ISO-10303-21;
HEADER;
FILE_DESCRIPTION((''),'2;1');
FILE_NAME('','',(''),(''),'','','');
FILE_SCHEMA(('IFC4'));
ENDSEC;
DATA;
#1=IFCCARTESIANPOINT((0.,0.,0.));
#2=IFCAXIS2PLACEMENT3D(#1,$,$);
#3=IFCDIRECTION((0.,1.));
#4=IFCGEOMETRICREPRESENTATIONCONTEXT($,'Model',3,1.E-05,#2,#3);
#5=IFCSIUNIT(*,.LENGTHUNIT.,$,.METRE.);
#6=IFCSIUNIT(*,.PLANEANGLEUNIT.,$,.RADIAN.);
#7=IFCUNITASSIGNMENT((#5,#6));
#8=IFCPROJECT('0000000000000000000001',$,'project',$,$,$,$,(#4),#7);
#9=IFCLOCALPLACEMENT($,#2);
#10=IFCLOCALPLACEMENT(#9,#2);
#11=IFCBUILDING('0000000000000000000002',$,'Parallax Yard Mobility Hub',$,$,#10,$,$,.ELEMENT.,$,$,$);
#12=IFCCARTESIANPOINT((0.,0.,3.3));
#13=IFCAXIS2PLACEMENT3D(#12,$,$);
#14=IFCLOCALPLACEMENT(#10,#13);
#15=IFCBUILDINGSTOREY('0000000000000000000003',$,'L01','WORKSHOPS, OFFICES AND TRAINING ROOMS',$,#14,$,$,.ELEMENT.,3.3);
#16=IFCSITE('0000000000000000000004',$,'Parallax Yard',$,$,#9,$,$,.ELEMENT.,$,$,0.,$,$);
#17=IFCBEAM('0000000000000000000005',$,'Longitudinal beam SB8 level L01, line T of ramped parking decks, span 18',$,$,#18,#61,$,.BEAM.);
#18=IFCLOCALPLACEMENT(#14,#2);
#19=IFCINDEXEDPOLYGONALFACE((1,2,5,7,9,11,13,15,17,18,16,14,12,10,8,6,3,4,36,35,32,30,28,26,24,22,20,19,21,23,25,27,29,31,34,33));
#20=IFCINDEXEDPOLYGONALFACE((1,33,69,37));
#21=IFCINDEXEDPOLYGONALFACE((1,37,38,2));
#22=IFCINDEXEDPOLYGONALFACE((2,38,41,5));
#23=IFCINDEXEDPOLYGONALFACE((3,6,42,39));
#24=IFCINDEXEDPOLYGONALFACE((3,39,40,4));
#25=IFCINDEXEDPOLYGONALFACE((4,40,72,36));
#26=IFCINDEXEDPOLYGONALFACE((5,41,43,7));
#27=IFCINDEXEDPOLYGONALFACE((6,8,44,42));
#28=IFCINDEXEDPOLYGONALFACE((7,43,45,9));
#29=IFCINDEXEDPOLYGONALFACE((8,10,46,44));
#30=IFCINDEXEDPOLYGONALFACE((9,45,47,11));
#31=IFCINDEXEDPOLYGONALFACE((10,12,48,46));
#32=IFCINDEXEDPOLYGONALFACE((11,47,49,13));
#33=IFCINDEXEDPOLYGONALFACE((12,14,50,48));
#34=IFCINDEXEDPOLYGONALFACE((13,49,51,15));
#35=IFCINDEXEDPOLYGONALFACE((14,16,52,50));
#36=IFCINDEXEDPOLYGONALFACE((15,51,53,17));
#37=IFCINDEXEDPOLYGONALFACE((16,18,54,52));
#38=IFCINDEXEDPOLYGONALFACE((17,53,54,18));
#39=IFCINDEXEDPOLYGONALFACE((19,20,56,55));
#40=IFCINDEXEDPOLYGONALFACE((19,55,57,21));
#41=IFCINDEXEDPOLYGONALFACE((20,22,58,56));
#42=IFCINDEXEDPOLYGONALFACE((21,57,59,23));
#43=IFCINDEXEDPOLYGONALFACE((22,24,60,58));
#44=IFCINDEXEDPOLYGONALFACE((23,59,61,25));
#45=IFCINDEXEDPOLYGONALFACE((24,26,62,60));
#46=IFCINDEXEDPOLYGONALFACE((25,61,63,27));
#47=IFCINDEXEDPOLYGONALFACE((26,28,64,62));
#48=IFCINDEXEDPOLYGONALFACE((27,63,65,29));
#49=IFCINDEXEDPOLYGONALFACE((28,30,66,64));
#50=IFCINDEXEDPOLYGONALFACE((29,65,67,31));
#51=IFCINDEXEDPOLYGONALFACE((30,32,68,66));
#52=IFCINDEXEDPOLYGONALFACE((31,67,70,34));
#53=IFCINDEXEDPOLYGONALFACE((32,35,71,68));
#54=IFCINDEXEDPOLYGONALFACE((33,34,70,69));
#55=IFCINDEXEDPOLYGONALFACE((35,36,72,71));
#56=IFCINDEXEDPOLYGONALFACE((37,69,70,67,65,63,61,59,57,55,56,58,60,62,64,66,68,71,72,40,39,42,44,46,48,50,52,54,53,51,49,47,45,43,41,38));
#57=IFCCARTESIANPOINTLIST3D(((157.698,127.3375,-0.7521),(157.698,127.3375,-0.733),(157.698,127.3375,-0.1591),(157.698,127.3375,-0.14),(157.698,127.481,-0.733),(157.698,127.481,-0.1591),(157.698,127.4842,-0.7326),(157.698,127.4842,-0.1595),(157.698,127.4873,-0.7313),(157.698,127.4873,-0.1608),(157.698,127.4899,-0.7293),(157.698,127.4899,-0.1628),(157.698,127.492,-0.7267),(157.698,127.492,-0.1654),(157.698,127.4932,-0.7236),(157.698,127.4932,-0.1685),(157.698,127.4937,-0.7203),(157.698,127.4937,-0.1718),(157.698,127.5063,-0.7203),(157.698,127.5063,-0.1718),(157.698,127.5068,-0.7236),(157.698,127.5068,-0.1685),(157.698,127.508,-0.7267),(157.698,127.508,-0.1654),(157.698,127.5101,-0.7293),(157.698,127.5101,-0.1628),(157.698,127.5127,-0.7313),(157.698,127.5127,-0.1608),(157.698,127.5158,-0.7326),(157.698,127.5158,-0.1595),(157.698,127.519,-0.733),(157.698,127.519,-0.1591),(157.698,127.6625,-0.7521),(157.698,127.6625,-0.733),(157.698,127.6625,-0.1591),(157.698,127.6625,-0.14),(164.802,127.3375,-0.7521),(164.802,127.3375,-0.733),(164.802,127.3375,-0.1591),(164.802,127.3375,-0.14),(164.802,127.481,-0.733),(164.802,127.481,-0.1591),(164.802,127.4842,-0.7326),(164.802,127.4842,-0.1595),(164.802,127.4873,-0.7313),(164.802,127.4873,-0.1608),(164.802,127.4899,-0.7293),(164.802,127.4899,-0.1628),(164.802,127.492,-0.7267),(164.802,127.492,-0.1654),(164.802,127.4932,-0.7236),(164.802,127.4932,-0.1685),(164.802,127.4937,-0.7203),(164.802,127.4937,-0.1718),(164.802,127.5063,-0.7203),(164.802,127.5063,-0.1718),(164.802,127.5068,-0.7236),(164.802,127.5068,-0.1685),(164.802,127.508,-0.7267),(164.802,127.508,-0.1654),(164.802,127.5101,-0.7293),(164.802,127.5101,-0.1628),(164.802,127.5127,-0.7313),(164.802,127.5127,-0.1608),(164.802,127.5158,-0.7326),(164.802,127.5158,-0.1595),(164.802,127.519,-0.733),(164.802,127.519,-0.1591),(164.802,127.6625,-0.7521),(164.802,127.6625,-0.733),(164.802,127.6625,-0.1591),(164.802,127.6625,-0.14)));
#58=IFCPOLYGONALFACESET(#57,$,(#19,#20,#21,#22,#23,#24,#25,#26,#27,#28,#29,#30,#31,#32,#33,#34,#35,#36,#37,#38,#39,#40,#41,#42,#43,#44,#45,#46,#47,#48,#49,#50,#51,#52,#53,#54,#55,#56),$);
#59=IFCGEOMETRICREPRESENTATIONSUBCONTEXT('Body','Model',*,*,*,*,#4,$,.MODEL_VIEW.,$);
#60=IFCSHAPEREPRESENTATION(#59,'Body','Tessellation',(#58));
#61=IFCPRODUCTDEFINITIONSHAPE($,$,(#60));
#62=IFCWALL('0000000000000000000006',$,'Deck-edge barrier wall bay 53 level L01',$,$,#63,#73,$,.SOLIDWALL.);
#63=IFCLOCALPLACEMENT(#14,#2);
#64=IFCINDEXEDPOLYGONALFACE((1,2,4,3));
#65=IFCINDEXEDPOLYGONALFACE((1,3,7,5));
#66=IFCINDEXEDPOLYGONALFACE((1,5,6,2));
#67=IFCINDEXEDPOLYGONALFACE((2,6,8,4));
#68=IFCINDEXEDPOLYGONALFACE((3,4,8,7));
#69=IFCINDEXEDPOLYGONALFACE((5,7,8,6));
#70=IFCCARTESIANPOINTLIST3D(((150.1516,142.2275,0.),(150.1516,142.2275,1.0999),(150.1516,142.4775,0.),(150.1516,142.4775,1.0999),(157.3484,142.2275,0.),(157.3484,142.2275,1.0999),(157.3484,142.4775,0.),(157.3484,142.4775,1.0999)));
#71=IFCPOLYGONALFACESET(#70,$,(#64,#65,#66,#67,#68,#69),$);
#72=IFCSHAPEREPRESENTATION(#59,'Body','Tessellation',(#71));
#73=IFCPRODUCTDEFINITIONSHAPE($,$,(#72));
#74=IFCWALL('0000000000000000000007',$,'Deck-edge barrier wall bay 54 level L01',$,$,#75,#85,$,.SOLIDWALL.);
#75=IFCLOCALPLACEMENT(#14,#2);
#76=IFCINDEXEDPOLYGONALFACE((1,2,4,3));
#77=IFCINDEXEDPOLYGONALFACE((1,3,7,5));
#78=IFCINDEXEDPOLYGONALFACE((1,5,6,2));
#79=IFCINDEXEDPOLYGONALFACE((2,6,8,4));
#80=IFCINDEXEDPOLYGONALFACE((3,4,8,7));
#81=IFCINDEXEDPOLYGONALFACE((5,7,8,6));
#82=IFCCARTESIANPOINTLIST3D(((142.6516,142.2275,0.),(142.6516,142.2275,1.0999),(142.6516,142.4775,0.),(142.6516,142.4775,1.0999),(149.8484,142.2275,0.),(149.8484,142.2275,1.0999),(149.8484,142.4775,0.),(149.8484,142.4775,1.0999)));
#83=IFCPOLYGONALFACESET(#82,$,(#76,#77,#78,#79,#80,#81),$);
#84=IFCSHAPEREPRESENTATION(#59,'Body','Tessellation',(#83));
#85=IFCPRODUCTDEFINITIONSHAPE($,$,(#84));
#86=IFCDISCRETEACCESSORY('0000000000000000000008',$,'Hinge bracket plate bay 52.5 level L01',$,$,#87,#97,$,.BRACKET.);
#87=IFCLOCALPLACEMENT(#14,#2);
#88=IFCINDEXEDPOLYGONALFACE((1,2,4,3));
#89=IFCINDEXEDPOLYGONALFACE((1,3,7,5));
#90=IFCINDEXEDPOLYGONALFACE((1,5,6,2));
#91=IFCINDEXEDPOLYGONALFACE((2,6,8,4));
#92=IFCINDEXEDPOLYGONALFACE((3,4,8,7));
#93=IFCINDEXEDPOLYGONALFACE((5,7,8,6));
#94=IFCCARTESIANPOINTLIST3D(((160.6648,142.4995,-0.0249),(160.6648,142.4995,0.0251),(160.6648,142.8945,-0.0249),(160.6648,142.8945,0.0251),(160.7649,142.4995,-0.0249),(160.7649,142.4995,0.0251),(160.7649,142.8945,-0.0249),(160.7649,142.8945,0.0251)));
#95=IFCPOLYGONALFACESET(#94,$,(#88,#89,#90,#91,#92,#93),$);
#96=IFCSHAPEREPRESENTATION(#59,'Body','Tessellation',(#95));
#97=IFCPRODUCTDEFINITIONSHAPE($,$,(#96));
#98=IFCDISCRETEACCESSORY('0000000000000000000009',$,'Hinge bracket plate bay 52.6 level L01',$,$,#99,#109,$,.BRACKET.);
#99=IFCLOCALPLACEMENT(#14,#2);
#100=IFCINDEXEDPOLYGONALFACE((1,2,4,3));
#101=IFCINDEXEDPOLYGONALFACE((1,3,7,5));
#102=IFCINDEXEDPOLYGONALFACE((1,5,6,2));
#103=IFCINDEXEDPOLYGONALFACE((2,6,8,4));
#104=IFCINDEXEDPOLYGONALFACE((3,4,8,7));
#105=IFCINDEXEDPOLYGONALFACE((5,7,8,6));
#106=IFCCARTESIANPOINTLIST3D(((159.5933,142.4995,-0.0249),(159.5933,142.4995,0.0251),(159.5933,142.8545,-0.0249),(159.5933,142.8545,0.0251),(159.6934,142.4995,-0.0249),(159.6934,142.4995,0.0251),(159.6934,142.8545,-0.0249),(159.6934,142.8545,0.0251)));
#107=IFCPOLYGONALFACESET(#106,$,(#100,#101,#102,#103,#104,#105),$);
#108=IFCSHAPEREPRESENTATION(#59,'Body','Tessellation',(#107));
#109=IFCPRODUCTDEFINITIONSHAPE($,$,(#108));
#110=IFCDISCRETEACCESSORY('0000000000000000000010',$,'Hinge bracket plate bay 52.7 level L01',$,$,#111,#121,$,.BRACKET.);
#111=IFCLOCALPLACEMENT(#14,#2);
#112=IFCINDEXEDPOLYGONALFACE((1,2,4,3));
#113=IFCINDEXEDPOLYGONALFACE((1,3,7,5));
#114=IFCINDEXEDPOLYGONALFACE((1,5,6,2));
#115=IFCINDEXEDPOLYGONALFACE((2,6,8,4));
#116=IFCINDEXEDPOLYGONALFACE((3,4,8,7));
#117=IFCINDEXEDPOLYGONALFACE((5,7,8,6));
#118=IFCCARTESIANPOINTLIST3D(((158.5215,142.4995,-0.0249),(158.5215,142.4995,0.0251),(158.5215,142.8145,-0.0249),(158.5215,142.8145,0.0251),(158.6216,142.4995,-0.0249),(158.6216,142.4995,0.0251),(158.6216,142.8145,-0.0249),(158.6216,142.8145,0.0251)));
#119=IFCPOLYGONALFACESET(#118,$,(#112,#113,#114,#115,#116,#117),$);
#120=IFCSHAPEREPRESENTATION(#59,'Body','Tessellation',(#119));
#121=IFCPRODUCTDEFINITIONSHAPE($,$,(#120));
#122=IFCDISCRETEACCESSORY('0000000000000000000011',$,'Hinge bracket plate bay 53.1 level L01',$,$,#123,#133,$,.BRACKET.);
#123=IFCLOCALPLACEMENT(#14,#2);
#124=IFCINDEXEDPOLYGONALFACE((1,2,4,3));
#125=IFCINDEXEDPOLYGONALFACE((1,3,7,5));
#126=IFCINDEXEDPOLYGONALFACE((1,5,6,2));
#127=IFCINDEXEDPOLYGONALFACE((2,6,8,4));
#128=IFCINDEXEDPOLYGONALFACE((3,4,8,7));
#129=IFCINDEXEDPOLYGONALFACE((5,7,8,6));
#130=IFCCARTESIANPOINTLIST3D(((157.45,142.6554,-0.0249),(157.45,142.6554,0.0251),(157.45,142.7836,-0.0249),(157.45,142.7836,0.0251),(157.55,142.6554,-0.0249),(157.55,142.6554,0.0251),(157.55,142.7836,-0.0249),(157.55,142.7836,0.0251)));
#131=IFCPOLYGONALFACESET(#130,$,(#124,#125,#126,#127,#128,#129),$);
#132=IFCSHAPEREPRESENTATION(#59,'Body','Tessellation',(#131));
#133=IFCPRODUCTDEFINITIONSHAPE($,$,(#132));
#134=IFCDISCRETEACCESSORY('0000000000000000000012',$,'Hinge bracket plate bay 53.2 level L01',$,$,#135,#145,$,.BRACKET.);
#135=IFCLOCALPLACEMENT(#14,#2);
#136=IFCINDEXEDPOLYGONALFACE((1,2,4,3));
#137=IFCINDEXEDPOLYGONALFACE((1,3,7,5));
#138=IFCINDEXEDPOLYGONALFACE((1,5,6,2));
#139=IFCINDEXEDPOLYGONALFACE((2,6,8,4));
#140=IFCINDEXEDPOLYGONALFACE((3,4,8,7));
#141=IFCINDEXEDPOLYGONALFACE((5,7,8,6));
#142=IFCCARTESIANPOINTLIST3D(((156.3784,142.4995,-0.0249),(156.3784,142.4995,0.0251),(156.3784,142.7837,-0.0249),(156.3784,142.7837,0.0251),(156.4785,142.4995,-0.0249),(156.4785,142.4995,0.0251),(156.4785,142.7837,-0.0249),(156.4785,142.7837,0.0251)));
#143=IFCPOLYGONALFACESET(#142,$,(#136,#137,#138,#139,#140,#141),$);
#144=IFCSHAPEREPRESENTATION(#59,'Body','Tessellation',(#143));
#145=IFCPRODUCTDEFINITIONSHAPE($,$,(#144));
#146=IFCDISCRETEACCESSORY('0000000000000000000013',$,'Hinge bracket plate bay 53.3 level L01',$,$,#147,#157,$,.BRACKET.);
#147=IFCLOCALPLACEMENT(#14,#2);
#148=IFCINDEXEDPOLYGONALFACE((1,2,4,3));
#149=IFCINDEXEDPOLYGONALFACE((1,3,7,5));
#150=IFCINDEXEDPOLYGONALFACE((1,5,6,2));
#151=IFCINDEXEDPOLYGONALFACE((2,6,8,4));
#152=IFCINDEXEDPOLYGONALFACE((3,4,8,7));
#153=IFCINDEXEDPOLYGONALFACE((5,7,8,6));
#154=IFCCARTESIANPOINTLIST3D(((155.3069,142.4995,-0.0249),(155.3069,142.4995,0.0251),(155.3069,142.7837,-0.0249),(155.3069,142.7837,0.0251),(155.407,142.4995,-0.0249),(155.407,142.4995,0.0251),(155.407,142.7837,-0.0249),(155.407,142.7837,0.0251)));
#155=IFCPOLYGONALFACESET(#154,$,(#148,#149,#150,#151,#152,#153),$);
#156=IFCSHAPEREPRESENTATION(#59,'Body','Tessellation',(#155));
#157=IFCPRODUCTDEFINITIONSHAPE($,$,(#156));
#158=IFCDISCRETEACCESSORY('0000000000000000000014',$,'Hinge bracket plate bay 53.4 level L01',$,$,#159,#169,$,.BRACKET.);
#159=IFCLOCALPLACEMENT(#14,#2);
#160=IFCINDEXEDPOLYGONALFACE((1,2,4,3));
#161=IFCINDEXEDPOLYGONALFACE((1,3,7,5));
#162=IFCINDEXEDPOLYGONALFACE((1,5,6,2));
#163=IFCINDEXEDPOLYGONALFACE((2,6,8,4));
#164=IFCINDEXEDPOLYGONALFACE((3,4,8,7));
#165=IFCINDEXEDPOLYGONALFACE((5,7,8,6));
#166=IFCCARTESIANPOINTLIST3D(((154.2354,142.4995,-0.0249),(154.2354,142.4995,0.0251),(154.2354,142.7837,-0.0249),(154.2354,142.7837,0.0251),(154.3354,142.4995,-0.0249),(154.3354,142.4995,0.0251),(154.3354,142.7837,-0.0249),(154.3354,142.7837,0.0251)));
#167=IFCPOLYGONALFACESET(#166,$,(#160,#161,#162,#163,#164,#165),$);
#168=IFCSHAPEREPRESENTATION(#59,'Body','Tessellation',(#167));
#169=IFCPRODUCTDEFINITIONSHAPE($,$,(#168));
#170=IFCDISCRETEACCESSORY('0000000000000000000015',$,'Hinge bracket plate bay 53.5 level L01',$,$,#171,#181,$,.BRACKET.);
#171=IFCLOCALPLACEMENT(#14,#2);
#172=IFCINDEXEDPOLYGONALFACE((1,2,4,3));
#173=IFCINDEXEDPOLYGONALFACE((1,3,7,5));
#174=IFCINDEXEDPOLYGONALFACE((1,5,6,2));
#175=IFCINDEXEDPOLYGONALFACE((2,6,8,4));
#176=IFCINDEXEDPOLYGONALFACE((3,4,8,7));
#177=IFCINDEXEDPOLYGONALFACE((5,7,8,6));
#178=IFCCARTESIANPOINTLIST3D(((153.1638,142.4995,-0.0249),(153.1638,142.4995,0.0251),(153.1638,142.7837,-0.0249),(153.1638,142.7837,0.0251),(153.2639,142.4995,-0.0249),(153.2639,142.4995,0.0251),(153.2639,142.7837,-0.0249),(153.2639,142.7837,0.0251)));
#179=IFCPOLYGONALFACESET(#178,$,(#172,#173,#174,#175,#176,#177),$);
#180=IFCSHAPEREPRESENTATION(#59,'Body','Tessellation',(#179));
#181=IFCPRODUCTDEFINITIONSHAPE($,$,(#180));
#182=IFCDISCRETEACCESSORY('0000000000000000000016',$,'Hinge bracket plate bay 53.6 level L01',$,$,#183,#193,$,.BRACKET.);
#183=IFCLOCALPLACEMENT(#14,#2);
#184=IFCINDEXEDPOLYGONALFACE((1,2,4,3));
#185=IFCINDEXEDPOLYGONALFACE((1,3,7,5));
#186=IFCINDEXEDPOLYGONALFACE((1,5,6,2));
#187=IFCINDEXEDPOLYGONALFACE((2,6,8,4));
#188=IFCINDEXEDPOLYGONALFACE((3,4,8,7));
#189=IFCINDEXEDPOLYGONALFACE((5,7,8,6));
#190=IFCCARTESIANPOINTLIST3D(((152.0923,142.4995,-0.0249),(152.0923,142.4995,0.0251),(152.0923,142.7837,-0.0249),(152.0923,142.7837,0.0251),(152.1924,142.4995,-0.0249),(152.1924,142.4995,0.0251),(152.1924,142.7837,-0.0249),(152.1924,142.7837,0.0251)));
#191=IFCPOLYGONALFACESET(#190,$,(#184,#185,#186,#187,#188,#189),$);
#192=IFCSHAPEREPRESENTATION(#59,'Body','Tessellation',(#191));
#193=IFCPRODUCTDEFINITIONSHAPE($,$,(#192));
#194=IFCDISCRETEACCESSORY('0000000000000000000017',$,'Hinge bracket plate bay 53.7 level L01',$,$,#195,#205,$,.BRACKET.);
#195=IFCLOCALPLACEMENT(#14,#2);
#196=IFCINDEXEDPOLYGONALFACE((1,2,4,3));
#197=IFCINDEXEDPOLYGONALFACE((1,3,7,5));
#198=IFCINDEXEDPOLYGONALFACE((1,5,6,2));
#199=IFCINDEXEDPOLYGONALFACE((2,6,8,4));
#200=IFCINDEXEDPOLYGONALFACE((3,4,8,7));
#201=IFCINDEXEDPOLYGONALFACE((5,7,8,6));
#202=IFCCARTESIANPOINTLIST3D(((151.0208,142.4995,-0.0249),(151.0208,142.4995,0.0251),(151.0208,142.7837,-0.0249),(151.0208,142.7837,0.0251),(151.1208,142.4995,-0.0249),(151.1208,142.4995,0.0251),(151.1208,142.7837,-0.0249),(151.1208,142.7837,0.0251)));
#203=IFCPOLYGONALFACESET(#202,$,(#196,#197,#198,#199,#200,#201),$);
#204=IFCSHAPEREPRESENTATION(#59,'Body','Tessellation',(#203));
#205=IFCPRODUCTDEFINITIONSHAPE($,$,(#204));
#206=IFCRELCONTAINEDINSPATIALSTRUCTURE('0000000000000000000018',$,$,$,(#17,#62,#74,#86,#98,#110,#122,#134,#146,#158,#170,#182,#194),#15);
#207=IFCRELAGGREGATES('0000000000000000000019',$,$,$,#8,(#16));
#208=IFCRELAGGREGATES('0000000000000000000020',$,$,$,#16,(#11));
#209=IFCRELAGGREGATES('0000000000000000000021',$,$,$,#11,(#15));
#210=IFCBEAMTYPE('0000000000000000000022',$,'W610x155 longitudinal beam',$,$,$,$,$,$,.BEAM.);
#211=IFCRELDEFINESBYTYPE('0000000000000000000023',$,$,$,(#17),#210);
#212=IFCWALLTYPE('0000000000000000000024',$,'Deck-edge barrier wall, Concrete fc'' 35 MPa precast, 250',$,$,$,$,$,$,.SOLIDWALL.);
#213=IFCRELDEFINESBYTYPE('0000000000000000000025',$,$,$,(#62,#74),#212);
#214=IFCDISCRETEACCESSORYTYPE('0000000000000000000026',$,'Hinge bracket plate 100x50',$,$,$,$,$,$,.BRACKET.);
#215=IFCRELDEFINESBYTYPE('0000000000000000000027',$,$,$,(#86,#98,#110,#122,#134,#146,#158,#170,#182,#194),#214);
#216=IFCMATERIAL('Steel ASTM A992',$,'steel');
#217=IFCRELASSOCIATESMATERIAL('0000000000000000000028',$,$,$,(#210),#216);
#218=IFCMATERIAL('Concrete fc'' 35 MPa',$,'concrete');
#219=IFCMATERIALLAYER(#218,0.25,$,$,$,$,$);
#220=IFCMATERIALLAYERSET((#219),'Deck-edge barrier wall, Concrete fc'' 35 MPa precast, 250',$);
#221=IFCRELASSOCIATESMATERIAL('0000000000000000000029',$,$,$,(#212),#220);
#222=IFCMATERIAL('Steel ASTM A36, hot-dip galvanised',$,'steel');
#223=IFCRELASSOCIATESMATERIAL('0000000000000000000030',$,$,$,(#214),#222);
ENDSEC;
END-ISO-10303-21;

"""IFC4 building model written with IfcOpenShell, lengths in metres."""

from ifc_helpers import new_model, si_unit, direction, frame, frame_2d, origin, origin_2d, place, context, subcontext, project, spatial, rectangle, i_section, extrude, material, layer, layer_set, material_profile, profile_set, type_object, element, save


model = new_model("IFC4")

# Units and contexts
model_context = context("Model", 3, precision=1e-05, world=origin(), true_north=direction((0.0, 1.0)))
body_context = subcontext(model_context, "Body", "Model", "MODEL_VIEW")
ifc_project = project(units=[si_unit("LENGTHUNIT", "METRE"), si_unit("PLANEANGLEUNIT", "RADIAN")], contexts=[model_context])

# Site, building, storey
site_placement = place(None, origin())
site = spatial("IfcSite", under=ifc_project, at=site_placement, Name="Parallax Yard", CompositionType="ELEMENT", RefElevation=0.0)
building_placement = place(site_placement, origin())
building = spatial("IfcBuilding", under=site, at=building_placement, Name="Parallax Yard Mobility Hub", CompositionType="ELEMENT")
storey_placement = place(building_placement, frame((0.0, 0.0, 3.3)))
storey = spatial("IfcBuildingStorey", under=building, at=storey_placement, Name="L01", Description="WORKSHOPS, OFFICES AND TRAINING ROOMS", CompositionType="ELEMENT", Elevation=3.3)

# Shared definitions
ifc_material_1 = material(Name="Steel ASTM A992", Category="steel")

# Beam
ifc_material_profile_1 = material_profile(ifc_material_1, i_section(OverallWidth=0.325, OverallDepth=0.6121, WebThickness=0.0127, FlangeThickness=0.019, FilletRadius=0.0127, at=origin_2d()), Name="W610x155")
ifc_profile_set_1 = profile_set([ifc_material_profile_1], Name="Steel ASTM A992")
beam_type_1 = type_object("IfcBeamType", Name="W610x155 longitudinal beam", PredefinedType="BEAM", material=ifc_profile_set_1)
for number, where, z_axis, x_axis, name in (
    (1, (157.698, 127.5, -0.446), (1.0, 0.0, 0.0), (0.0, 1.0, 0.0), "Longitudinal beam SB8 level L01, line T of ramped parking decks, span 18"),
):
    element("IfcBeam", number, at=place(storey_placement, frame(where, z_axis=z_axis, x_axis=x_axis)), inside=storey, type_object=beam_type_1, Name=name, PredefinedType="BEAM", context=body_context, shape_type="SweptSolid", body=[
        extrude(i_section(OverallWidth=0.325, OverallDepth=0.6121, WebThickness=0.0127, FlangeThickness=0.019, FilletRadius=0.0127, at=origin_2d()), origin(), (0.0, 0.0, 1.0), 7.104),
    ])

# Walls
ifc_material_2 = material(Name="Concrete fc' 35 MPa", Category="concrete")
ifc_layer = layer(ifc_material_2, 0.25)
ifc_layer_set = layer_set([ifc_layer], Name="Deck-edge barrier wall, Concrete fc' 35 MPa precast, 250")
wall_type = type_object("IfcWallType", Name="Deck-edge barrier wall, Concrete fc' 35 MPa precast, 250", PredefinedType="SOLIDWALL", material=ifc_layer_set)
for number, where, z_axis, x_axis, name in (
    (2, (157.3484, 142.3525, 0.0), (0.0, 0.0, 1.0), (-1.0, 0.0, 0.0), "Deck-edge barrier wall bay 53 level L01"),
    (3, (149.8484, 142.3525, 0.0), (0.0, 0.0, 1.0), (-1.0, 0.0, 0.0), "Deck-edge barrier wall bay 54 level L01"),
):
    element("IfcWall", number, at=place(storey_placement, frame(where, z_axis=z_axis, x_axis=x_axis)), inside=storey, type_object=wall_type, Name=name, PredefinedType="SOLIDWALL", context=body_context, shape_type="SweptSolid", body=[
        extrude(rectangle(XDim=7.1968, YDim=0.25, at=frame_2d((3.5984, 0.0))), origin(), (0.0, 0.0, 1.0), 1.0999),
    ])

# Discrete accessories
ifc_material_3 = material(Name="Steel ASTM A36, hot-dip galvanised", Category="steel")
discrete_accessory_type_1 = type_object("IfcDiscreteAccessoryType", Name="Hinge bracket plate 100x50", PredefinedType="BRACKET", material=ifc_material_3)
discrete_accessory_1_placement = place(storey_placement, frame((160.7148, 142.697, -0.0249), z_axis=(0.0, 0.0, 1.0), x_axis=(0.0, 1.0, 0.0)))
element("IfcDiscreteAccessory", 4, at=discrete_accessory_1_placement, inside=storey, type_object=discrete_accessory_type_1, Name="Hinge bracket plate bay 52.5 level L01", PredefinedType="BRACKET", context=body_context, shape_type="SweptSolid", body=[
    extrude(rectangle(XDim=0.395, YDim=0.1001, at=origin_2d()), origin(), (0.0, 0.0, 1.0), 0.05),
])
discrete_accessory_2_placement = place(storey_placement, frame((159.6433, 142.677, -0.0249), z_axis=(0.0, 0.0, 1.0), x_axis=(0.0, 1.0, 0.0)))
element("IfcDiscreteAccessory", 5, at=discrete_accessory_2_placement, inside=storey, type_object=discrete_accessory_type_1, Name="Hinge bracket plate bay 52.6 level L01", PredefinedType="BRACKET", context=body_context, shape_type="SweptSolid", body=[
    extrude(rectangle(XDim=0.355, YDim=0.1001, at=origin_2d()), origin(), (0.0, 0.0, 1.0), 0.05),
])
discrete_accessory_3_placement = place(storey_placement, frame((158.5715, 142.657, -0.0249), z_axis=(0.0, 0.0, 1.0), x_axis=(0.0, 1.0, 0.0)))
element("IfcDiscreteAccessory", 6, at=discrete_accessory_3_placement, inside=storey, type_object=discrete_accessory_type_1, Name="Hinge bracket plate bay 52.7 level L01", PredefinedType="BRACKET", context=body_context, shape_type="SweptSolid", body=[
    extrude(rectangle(XDim=0.3149, YDim=0.1001, at=origin_2d()), origin(), (0.0, 0.0, 1.0), 0.05),
])
discrete_accessory_4_placement = place(storey_placement, frame((157.5, 142.7195, -0.0249), z_axis=(0.0, 0.0, 1.0), x_axis=(0.0, 1.0, 0.0)))
element("IfcDiscreteAccessory", 7, at=discrete_accessory_4_placement, inside=storey, type_object=discrete_accessory_type_1, Name="Hinge bracket plate bay 53.1 level L01", PredefinedType="BRACKET", context=body_context, shape_type="SweptSolid", body=[
    extrude(rectangle(XDim=0.1282, YDim=0.1001, at=origin_2d()), origin(), (0.0, 0.0, 1.0), 0.05),
])
for number, where, z_axis, x_axis, name in (
    (8, (156.4285, 142.6416, -0.0249), (0.0, 0.0, 1.0), (0.0, 1.0, 0.0), "Hinge bracket plate bay 53.2 level L01"),
    (9, (155.3569, 142.6416, -0.0249), (0.0, 0.0, 1.0), (0.0, 1.0, 0.0), "Hinge bracket plate bay 53.3 level L01"),
    (10, (154.2854, 142.6416, -0.0249), (0.0, 0.0, 1.0), (0.0, 1.0, 0.0), "Hinge bracket plate bay 53.4 level L01"),
    (11, (153.2139, 142.6416, -0.0249), (0.0, 0.0, 1.0), (0.0, 1.0, 0.0), "Hinge bracket plate bay 53.5 level L01"),
    (12, (152.1423, 142.6416, -0.0249), (0.0, 0.0, 1.0), (0.0, 1.0, 0.0), "Hinge bracket plate bay 53.6 level L01"),
    (13, (151.0708, 142.6416, -0.0249), (0.0, 0.0, 1.0), (0.0, 1.0, 0.0), "Hinge bracket plate bay 53.7 level L01"),
):
    element("IfcDiscreteAccessory", number, at=place(storey_placement, frame(where, z_axis=z_axis, x_axis=x_axis)), inside=storey, type_object=discrete_accessory_type_1, Name=name, PredefinedType="BRACKET", context=body_context, shape_type="SweptSolid", body=[
        extrude(rectangle(XDim=0.2842, YDim=0.1001, at=origin_2d()), origin(), (0.0, 0.0, 1.0), 0.05),
    ])

save(model, "model.ifc")
